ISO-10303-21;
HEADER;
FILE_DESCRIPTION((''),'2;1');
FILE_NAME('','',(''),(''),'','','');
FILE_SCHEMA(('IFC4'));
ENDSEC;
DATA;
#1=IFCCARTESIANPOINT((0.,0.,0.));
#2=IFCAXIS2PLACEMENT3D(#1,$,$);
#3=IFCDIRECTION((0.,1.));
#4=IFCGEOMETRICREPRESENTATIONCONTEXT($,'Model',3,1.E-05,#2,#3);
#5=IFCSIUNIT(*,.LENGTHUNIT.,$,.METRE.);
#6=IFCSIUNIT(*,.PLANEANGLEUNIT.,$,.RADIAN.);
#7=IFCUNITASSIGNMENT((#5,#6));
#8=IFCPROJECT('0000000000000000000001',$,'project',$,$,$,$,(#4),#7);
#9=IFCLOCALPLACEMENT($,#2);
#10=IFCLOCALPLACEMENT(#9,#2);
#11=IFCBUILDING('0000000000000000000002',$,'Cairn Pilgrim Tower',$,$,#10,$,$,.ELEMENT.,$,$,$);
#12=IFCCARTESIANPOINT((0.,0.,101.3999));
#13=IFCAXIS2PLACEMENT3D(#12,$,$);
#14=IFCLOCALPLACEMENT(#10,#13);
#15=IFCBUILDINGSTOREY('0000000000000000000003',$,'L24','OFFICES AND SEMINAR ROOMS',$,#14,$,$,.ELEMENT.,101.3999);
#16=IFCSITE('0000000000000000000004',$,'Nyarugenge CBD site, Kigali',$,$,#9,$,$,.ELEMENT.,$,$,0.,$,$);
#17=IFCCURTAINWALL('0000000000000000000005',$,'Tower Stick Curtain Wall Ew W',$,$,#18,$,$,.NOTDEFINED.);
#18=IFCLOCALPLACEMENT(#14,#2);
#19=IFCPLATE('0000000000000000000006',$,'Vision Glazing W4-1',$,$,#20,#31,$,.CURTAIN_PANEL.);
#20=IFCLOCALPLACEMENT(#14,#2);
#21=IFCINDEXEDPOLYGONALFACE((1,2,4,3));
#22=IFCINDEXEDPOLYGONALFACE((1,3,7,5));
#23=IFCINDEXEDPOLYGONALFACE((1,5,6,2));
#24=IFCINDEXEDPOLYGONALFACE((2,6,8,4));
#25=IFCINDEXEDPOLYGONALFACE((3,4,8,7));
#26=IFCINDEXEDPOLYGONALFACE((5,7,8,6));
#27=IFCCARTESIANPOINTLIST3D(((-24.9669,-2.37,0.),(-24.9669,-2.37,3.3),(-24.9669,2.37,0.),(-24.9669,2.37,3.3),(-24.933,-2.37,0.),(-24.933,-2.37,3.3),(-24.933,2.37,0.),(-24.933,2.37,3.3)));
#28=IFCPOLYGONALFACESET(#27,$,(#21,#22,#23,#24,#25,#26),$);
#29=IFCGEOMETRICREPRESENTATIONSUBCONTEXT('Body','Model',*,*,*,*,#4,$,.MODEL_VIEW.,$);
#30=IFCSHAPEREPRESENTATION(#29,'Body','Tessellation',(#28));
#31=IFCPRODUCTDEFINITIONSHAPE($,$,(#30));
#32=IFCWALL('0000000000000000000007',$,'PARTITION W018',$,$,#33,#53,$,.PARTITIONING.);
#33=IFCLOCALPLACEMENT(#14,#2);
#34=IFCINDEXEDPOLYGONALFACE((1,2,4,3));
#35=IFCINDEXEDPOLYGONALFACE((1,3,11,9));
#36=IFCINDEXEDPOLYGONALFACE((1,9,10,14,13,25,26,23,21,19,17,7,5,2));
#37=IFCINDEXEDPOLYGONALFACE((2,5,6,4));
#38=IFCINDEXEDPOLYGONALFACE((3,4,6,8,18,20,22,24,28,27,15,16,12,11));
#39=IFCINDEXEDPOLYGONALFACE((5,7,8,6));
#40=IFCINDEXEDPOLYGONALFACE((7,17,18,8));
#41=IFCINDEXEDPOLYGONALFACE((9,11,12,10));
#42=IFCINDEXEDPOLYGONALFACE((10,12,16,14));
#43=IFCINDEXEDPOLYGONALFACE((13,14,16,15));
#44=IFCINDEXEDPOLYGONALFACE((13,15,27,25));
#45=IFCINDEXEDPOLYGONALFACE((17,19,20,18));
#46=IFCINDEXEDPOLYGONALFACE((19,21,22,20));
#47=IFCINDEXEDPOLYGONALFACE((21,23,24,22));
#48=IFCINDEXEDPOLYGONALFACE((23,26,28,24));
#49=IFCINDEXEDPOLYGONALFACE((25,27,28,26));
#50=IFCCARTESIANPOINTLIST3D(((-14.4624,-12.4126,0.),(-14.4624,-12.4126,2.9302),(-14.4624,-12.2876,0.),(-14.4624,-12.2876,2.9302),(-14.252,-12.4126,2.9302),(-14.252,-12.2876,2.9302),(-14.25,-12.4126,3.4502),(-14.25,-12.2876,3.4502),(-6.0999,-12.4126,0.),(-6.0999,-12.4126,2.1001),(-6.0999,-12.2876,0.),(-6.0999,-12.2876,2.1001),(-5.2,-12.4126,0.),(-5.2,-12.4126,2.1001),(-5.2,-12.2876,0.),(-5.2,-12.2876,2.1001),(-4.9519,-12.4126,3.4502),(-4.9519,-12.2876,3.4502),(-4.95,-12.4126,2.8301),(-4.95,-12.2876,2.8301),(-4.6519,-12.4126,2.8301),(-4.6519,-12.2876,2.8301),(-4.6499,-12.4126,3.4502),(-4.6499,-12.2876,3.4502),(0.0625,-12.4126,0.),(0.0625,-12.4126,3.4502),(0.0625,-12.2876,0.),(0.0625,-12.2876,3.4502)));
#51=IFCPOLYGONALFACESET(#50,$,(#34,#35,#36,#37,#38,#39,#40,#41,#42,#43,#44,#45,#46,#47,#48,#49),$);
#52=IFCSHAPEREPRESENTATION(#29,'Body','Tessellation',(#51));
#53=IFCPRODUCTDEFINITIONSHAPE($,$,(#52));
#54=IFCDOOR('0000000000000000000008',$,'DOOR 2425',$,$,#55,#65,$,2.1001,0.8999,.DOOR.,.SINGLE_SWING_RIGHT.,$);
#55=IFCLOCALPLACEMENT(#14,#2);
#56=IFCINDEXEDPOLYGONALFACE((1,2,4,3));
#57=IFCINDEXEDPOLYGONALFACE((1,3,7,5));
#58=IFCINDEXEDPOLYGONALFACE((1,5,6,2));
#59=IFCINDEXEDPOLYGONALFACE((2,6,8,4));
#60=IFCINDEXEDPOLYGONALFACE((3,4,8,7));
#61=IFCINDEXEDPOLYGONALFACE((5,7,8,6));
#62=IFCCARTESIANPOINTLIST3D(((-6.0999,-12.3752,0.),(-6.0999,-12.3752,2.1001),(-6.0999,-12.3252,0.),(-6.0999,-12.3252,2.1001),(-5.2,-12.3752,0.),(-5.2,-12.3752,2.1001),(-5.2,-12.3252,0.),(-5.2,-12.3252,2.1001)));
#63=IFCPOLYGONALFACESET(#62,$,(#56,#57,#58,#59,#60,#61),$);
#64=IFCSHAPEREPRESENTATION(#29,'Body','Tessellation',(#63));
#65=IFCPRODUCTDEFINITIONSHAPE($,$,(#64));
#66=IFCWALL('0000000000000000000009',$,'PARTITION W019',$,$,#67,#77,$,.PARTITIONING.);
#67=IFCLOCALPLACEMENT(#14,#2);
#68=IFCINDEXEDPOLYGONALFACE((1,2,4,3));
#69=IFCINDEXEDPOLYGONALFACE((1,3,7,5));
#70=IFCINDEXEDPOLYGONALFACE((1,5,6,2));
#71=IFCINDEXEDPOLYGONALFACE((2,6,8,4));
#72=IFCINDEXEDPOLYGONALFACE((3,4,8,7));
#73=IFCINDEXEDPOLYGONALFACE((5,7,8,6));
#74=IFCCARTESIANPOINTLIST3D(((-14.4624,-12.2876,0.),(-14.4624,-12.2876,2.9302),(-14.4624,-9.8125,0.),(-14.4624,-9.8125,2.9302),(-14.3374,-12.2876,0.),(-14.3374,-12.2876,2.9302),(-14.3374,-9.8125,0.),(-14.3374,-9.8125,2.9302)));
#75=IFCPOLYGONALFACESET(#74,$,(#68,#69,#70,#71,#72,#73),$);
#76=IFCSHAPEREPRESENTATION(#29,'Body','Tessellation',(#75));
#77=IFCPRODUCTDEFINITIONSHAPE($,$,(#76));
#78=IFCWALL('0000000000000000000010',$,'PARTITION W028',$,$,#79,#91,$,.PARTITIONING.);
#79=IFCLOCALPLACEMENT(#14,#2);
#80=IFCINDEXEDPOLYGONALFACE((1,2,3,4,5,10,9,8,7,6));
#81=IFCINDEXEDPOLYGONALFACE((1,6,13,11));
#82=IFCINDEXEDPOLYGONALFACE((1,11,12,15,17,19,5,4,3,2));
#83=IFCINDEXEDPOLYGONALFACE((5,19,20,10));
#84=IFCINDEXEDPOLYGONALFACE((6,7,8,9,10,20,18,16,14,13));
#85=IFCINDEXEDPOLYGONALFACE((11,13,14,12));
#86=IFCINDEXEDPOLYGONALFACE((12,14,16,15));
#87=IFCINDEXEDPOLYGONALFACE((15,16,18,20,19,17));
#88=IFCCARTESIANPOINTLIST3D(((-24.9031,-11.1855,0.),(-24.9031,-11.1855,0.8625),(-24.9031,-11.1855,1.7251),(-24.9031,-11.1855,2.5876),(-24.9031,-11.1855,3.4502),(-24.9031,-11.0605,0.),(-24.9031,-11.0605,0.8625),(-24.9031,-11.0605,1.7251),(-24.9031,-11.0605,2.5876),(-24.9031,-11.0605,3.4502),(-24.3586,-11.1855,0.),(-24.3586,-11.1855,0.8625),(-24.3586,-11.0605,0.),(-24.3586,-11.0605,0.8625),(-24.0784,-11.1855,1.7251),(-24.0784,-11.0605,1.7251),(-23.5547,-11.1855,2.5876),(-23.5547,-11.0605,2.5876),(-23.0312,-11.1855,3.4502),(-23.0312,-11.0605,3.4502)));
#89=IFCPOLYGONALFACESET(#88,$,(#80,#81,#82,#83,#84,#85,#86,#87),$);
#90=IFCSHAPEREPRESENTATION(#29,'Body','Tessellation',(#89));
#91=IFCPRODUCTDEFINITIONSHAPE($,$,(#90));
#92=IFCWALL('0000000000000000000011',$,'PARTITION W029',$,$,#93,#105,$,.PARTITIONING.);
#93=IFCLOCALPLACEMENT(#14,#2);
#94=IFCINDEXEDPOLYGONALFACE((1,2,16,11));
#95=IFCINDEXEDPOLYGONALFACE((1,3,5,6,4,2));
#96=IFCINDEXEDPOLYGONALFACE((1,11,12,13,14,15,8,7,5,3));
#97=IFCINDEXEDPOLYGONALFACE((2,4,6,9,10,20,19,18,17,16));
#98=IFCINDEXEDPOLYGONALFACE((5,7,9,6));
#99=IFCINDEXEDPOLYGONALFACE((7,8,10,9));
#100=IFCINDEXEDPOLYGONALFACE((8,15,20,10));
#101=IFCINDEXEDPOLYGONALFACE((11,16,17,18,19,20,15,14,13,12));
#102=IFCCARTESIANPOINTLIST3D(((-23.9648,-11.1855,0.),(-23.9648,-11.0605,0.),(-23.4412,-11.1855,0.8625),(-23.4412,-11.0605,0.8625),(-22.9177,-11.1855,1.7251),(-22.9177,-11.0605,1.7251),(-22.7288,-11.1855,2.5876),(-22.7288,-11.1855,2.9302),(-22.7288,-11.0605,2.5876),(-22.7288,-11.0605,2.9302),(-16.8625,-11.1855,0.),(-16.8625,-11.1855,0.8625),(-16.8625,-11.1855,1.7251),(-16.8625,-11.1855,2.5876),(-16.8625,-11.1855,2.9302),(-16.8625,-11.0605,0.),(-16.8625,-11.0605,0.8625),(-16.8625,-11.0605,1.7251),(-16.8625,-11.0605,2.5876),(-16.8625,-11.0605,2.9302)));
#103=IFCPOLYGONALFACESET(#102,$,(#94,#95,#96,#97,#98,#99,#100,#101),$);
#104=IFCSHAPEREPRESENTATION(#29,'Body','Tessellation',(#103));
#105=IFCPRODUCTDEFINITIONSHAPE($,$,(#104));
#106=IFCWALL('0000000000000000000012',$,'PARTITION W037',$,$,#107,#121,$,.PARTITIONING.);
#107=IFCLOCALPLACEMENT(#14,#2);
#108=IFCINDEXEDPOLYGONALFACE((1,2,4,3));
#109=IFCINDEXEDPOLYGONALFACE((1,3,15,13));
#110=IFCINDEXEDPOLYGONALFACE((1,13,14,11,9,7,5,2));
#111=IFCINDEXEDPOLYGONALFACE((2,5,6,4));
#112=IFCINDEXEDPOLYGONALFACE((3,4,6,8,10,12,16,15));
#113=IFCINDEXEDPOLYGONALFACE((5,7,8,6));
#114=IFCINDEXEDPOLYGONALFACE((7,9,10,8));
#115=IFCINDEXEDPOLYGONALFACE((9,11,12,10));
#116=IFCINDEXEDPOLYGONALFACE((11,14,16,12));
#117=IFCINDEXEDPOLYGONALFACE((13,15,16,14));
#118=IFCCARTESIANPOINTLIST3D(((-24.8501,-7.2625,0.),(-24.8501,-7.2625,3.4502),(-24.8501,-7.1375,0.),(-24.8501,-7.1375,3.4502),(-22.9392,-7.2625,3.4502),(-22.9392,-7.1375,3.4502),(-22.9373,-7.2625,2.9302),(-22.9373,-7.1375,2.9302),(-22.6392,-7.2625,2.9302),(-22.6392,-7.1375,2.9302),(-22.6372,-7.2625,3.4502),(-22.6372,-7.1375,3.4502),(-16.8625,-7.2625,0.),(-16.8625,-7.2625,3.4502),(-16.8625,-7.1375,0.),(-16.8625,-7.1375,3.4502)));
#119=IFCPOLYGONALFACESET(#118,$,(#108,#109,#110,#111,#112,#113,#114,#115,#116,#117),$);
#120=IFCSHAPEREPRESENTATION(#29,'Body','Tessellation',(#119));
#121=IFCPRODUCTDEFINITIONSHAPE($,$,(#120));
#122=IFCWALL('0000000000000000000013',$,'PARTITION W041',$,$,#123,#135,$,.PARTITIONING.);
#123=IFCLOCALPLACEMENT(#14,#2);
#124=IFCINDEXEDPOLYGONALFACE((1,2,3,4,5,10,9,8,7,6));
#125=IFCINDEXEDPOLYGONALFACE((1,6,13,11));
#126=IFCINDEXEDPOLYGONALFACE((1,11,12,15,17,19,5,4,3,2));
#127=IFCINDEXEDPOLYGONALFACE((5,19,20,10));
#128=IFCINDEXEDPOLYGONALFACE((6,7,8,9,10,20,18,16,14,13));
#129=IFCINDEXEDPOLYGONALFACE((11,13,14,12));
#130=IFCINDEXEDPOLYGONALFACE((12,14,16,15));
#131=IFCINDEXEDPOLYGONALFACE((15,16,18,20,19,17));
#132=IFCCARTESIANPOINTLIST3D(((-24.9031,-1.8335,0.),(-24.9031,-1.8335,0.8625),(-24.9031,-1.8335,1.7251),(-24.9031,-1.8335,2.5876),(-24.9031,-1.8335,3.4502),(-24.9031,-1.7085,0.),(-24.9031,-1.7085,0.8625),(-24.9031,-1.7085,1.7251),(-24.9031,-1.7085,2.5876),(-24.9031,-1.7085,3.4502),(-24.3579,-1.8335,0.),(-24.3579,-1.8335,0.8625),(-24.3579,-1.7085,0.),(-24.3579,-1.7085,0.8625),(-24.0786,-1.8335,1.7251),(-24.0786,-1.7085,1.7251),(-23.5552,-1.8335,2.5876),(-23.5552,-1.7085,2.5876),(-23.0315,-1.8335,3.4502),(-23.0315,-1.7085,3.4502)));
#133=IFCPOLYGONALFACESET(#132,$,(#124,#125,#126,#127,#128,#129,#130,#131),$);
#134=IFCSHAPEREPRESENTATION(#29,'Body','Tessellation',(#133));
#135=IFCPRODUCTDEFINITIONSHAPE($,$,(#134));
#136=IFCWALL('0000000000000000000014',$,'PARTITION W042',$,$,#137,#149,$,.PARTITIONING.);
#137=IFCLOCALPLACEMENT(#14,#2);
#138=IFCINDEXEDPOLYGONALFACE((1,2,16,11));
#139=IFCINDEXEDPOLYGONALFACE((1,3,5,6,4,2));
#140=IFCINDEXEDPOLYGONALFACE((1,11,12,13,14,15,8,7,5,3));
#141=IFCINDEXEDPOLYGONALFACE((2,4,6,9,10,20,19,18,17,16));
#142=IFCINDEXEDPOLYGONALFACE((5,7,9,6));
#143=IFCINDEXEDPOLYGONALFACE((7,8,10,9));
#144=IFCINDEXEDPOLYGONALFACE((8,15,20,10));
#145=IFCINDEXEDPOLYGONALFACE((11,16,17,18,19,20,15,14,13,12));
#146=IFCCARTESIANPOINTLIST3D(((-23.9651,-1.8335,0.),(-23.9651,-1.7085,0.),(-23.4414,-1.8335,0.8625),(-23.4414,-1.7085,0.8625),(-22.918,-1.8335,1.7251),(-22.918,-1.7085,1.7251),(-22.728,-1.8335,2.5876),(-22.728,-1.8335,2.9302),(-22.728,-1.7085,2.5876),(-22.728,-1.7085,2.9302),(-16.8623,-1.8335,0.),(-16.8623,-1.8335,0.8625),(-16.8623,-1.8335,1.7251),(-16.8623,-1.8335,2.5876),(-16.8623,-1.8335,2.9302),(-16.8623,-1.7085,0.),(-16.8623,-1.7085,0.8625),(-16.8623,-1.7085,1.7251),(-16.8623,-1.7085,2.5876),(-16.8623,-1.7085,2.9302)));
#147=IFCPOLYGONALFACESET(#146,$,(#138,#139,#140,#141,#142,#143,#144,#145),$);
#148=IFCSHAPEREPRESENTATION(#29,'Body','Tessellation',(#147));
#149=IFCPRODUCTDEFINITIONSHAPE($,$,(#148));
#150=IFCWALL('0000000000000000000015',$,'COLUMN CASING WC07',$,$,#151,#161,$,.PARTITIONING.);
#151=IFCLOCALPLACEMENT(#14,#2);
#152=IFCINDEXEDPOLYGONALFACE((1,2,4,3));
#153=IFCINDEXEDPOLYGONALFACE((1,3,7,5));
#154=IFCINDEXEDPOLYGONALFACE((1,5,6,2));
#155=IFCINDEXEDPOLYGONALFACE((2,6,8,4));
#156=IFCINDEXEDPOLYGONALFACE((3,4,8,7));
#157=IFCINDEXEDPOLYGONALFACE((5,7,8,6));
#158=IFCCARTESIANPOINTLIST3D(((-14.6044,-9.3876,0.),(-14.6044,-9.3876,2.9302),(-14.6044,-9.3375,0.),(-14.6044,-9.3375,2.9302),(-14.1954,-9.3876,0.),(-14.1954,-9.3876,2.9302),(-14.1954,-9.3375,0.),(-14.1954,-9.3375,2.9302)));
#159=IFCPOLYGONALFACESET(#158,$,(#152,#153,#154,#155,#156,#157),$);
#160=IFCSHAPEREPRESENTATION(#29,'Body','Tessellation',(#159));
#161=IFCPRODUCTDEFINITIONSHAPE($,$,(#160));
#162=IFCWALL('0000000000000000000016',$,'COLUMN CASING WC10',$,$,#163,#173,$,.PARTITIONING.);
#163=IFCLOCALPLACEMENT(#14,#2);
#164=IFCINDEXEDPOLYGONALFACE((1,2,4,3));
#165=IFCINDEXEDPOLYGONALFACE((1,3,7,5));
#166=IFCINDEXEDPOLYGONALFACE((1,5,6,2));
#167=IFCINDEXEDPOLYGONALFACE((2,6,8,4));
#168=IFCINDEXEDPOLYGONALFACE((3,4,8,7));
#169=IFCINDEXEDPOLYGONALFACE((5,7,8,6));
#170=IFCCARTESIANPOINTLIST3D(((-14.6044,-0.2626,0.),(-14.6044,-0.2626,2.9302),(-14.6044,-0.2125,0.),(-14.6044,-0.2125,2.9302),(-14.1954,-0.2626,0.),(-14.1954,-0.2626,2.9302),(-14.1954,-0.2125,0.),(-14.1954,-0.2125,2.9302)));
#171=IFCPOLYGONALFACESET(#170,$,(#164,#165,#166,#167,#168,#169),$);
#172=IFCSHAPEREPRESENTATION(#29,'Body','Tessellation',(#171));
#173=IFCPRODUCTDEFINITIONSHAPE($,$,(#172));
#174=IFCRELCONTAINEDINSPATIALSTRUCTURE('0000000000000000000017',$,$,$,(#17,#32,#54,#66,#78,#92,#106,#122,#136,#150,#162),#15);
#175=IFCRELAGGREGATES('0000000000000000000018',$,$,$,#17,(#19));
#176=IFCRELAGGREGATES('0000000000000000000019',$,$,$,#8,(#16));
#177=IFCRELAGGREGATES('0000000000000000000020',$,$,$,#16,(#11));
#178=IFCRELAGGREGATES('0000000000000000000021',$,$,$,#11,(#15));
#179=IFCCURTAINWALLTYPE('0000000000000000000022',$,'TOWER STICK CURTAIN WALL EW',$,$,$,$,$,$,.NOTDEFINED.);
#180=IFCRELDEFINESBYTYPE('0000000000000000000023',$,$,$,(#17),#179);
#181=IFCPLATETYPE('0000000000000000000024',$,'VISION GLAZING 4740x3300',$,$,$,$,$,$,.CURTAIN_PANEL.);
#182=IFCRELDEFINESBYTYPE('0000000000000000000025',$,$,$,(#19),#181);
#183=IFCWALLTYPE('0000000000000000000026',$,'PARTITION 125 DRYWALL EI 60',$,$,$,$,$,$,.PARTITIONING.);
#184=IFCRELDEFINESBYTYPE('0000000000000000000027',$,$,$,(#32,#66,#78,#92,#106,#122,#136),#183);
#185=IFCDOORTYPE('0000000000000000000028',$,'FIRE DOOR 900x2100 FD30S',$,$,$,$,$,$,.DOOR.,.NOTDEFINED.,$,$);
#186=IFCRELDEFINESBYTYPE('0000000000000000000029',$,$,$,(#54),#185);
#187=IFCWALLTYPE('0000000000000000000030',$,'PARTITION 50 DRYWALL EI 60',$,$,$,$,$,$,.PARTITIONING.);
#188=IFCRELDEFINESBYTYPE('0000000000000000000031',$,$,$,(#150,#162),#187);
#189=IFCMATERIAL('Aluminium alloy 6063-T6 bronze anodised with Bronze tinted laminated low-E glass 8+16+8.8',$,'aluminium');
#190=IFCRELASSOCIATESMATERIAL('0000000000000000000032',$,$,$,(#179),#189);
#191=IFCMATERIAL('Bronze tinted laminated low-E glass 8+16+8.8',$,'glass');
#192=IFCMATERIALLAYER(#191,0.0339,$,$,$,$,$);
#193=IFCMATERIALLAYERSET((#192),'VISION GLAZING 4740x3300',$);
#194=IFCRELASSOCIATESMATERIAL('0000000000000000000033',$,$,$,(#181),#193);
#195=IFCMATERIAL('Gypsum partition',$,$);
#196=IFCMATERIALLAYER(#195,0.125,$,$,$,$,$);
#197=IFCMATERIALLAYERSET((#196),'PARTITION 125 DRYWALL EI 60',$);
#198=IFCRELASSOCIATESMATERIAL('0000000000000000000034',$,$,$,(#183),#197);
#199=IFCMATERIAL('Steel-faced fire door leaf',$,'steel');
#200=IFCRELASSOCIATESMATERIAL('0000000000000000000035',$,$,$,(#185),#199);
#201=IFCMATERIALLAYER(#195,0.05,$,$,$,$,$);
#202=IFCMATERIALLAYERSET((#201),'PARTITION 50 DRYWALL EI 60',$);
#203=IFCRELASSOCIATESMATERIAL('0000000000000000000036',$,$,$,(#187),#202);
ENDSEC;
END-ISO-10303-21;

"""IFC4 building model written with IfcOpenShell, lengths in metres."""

from ifc_helpers import new_model, si_unit, direction, frame, frame_2d, origin, origin_2d, place, context, subcontext, project, spatial, polyline, rectangle, outline, extrude, material, layer, layer_set, type_object, element, fill, aggregate, save


model = new_model("IFC4")

# Units and contexts
model_context = context("Model", 3, precision=1e-05, world=origin(), true_north=direction((0.0, 1.0)))
body_context = subcontext(model_context, "Body", "Model", "MODEL_VIEW")
ifc_project = project(units=[si_unit("LENGTHUNIT", "METRE"), si_unit("PLANEANGLEUNIT", "RADIAN")], contexts=[model_context])

# Site, building, storey
site_placement = place(None, origin())
site = spatial("IfcSite", under=ifc_project, at=site_placement, Name="Nyarugenge CBD site, Kigali", CompositionType="ELEMENT", RefElevation=0.0)
building_placement = place(site_placement, origin())
building = spatial("IfcBuilding", under=site, at=building_placement, Name="Cairn Pilgrim Tower", CompositionType="ELEMENT")
storey_placement = place(building_placement, frame((0.0, 0.0, 101.3999)))
storey = spatial("IfcBuildingStorey", under=building, at=storey_placement, Name="L24", Description="OFFICES AND SEMINAR ROOMS", CompositionType="ELEMENT", Elevation=101.3999)

# Curtain wall
ifc_material_1 = material(Name="Aluminium alloy 6063-T6 bronze anodised with Bronze tinted laminated low-E glass 8+16+8.8", Category="aluminium")
curtain_wall_type_1 = type_object("IfcCurtainWallType", Name="TOWER STICK CURTAIN WALL EW", PredefinedType="NOTDEFINED", material=ifc_material_1)
curtain_wall_1_placement = place(storey_placement, origin())
curtain_wall_1 = element("IfcCurtainWall", 1, at=curtain_wall_1_placement, inside=storey, type_object=curtain_wall_type_1, Name="Tower Stick Curtain Wall Ew W", PredefinedType="NOTDEFINED")

# Plate
ifc_material_2 = material(Name="Bronze tinted laminated low-E glass 8+16+8.8", Category="glass")
ifc_layer_1 = layer(ifc_material_2, 0.0339)
ifc_layer_set_1 = layer_set([ifc_layer_1], Name="VISION GLAZING 4740x3300")
plate_type_1 = type_object("IfcPlateType", Name="VISION GLAZING 4740x3300", PredefinedType="CURTAIN_PANEL", material=ifc_layer_set_1)
plate_1_placement = place(storey_placement, frame((-24.95, 0.0, 0.0), z_axis=(0.0, 0.0, 1.0), x_axis=(0.0, -1.0, 0.0)))
plate_1 = element("IfcPlate", 2, at=plate_1_placement, type_object=plate_type_1, Name="Vision Glazing W4-1", PredefinedType="CURTAIN_PANEL", context=body_context, shape_type="SweptSolid", body=[
    extrude(rectangle(XDim=4.74, YDim=0.0339, at=origin_2d()), origin(), (0.0, 0.0, 1.0), 3.3),
])
aggregate(curtain_wall_1, [plate_1])

# Wall, opening, door
ifc_material_3 = material(Name="Gypsum partition")
ifc_layer_2 = layer(ifc_material_3, 0.125)
ifc_layer_set_2 = layer_set([ifc_layer_2], Name="PARTITION 125 DRYWALL EI 60")
wall_type_1 = type_object("IfcWallType", Name="PARTITION 125 DRYWALL EI 60", PredefinedType="PARTITIONING", material=ifc_layer_set_2)
wall_1_placement = place(storey_placement, frame((-14.4624, -12.3501, 0.0), z_axis=(0.0, 0.0, 1.0), x_axis=(1.0, 0.0, 0.0)))
wall_1 = element("IfcWall", 3, at=wall_1_placement, inside=storey, type_object=wall_type_1, Name="PARTITION W018", PredefinedType="PARTITIONING", context=body_context, shape_type="SweptSolid", body=[
    extrude(outline(polyline([(0.0, 0.0), (14.5249, 0.0), (14.5249, 3.4502), (9.8125, 3.4502), (9.8105, 2.8301), (9.5125, 2.8301), (9.5105, 3.4502), (0.2124, 3.4502), (0.2104, 2.9302), (0.0, 2.9302), (0.0, 0.0)])), frame((0.0, 0.0625, 0.0), z_axis=(0.0, -1.0, 0.0), x_axis=(1.0, 0.0, 0.0)), (0.0, 0.0, 1.0), 0.125),
])
opening_1_placement = place(wall_1_placement, frame((8.3625, 0.0, 0.0)))
opening_1 = element("IfcOpeningElement", 4, at=opening_1_placement, cuts=wall_1, PredefinedType="OPENING", context=body_context, shape_type="SweptSolid", body=[
    extrude(rectangle(XDim=0.8999, YDim=2.1001, at=frame_2d((0.45, 1.05))), frame((0.0, 0.0725, 0.0), z_axis=(0.0, -1.0, 0.0), x_axis=(1.0, 0.0, 0.0)), (0.0, 0.0, 1.0), 0.145),
])
ifc_material_4 = material(Name="Steel-faced fire door leaf", Category="steel")
door_type_1 = type_object("IfcDoorType", Name="FIRE DOOR 900x2100 FD30S", OperationType="NOTDEFINED", PredefinedType="DOOR", material=ifc_material_4)
door_1_placement = place(opening_1_placement, origin())
door_1 = element("IfcDoor", 5, at=door_1_placement, inside=storey, type_object=door_type_1, Name="DOOR 2425", OperationType="SINGLE_SWING_RIGHT", OverallHeight=2.1001, OverallWidth=0.8999, PredefinedType="DOOR", context=body_context, shape_type="SweptSolid", body=[
    extrude(rectangle(XDim=0.8999, YDim=2.1001, at=frame_2d((0.45, 1.05))), frame((0.0, 0.0249, 0.0), z_axis=(0.0, -1.0, 0.0), x_axis=(1.0, 0.0, 0.0)), (0.0, 0.0, 1.0), 0.05),
])
fill(opening_1, door_1)

# Walls
wall_2_placement = place(storey_placement, frame((-14.3999, -12.2876, 0.0), z_axis=(0.0, 0.0, 1.0), x_axis=(0.0, 1.0, 0.0)))
element("IfcWall", 6, at=wall_2_placement, inside=storey, type_object=wall_type_1, Name="PARTITION W019", PredefinedType="PARTITIONING", context=body_context, shape_type="SweptSolid", body=[
    extrude(rectangle(XDim=2.4751, YDim=0.125, at=frame_2d((1.2375, 0.0))), origin(), (0.0, 0.0, 1.0), 2.9302),
])
wall_3_placement = place(storey_placement, frame((-24.9031, -11.123, 0.0), z_axis=(0.0, 0.0, 1.0), x_axis=(1.0, 0.0, 0.0)))
element("IfcWall", 7, at=wall_3_placement, inside=storey, type_object=wall_type_1, Name="PARTITION W028", PredefinedType="PARTITIONING", context=body_context, shape_type="SweptSolid", body=[
    extrude(outline(polyline([(0.0, 0.0), (0.5444, 0.0), (0.5444, 0.8625), (0.8247, 1.7251), (1.3484, 2.5876), (1.8718, 3.4502), (0.0, 3.4502), (0.0, 2.5876), (0.0, 1.7251), (0.0, 0.8625), (0.0, 0.0)])), frame((0.0, 0.0625, 0.0), z_axis=(0.0, -1.0, 0.0), x_axis=(1.0, 0.0, 0.0)), (0.0, 0.0, 1.0), 0.125),
])
wall_4_placement = place(storey_placement, frame((-23.9648, -11.123, 0.0), z_axis=(0.0, 0.0, 1.0), x_axis=(1.0, 0.0, 0.0)))
element("IfcWall", 8, at=wall_4_placement, inside=storey, type_object=wall_type_1, Name="PARTITION W029", PredefinedType="PARTITIONING", context=body_context, shape_type="SweptSolid", body=[
    extrude(outline(polyline([(0.0, 0.0), (7.1023, 0.0), (7.1023, 0.8625), (7.1023, 1.7251), (7.1023, 2.5876), (7.1023, 2.9302), (1.2361, 2.9302), (1.2361, 2.5876), (1.0471, 1.7251), (0.5237, 0.8625), (0.0, 0.0)])), frame((0.0, 0.0625, 0.0), z_axis=(0.0, -1.0, 0.0), x_axis=(1.0, 0.0, 0.0)), (0.0, 0.0, 1.0), 0.125),
])
wall_5_placement = place(storey_placement, frame((-24.8501, -7.2, 0.0), z_axis=(0.0, 0.0, 1.0), x_axis=(1.0, 0.0, 0.0)))
element("IfcWall", 9, at=wall_5_placement, inside=storey, type_object=wall_type_1, Name="PARTITION W037", PredefinedType="PARTITIONING", context=body_context, shape_type="SweptSolid", body=[
    extrude(outline(polyline([(0.0, 0.0), (7.9875, 0.0), (7.9875, 3.4502), (2.2129, 3.4502), (2.2109, 2.9302), (1.9128, 2.9302), (1.9109, 3.4502), (0.0, 3.4502), (0.0, 0.0)])), frame((0.0, 0.0625, 0.0), z_axis=(0.0, -1.0, 0.0), x_axis=(1.0, 0.0, 0.0)), (0.0, 0.0, 1.0), 0.125),
])
wall_6_placement = place(storey_placement, frame((-24.9031, -1.771, 0.0), z_axis=(0.0, 0.0, 1.0), x_axis=(1.0, 0.0, 0.0)))
element("IfcWall", 10, at=wall_6_placement, inside=storey, type_object=wall_type_1, Name="PARTITION W041", PredefinedType="PARTITIONING", context=body_context, shape_type="SweptSolid", body=[
    extrude(outline(polyline([(0.0, 0.0), (0.5452, 0.0), (0.5452, 0.8625), (0.8245, 1.7251), (1.3479, 2.5876), (1.8716, 3.4502), (0.0, 3.4502), (0.0, 2.5876), (0.0, 1.7251), (0.0, 0.8625), (0.0, 0.0)])), frame((0.0, 0.0625, 0.0), z_axis=(0.0, -1.0, 0.0), x_axis=(1.0, 0.0, 0.0)), (0.0, 0.0, 1.0), 0.125),
])
wall_7_placement = place(storey_placement, frame((-23.9651, -1.771, 0.0), z_axis=(0.0, 0.0, 1.0), x_axis=(1.0, 0.0, 0.0)))
element("IfcWall", 11, at=wall_7_placement, inside=storey, type_object=wall_type_1, Name="PARTITION W042", PredefinedType="PARTITIONING", context=body_context, shape_type="SweptSolid", body=[
    extrude(outline(polyline([(0.0, 0.0), (7.1028, 0.0), (7.1028, 0.8625), (7.1028, 1.7251), (7.1028, 2.5876), (7.1028, 2.9302), (1.2371, 2.9302), (1.2371, 2.5876), (1.0471, 1.7251), (0.5237, 0.8625), (0.0, 0.0)])), frame((0.0, 0.0625, 0.0), z_axis=(0.0, -1.0, 0.0), x_axis=(1.0, 0.0, 0.0)), (0.0, 0.0, 1.0), 0.125),
])
ifc_layer_3 = layer(ifc_material_3, 0.05)
ifc_layer_set_3 = layer_set([ifc_layer_3], Name="PARTITION 50 DRYWALL EI 60")
wall_type_2 = type_object("IfcWallType", Name="PARTITION 50 DRYWALL EI 60", PredefinedType="PARTITIONING", material=ifc_layer_set_3)
for number, where, z_axis, x_axis, name in (
    (12, (-14.6045, -9.3625, 0.0), (0.0, 0.0, 1.0), (1.0, 0.0, 0.0), "COLUMN CASING WC07"),
    (13, (-14.6045, -0.2375, 0.0), (0.0, 0.0, 1.0), (1.0, 0.0, 0.0), "COLUMN CASING WC10"),
):
    element("IfcWall", number, at=place(storey_placement, frame(where, z_axis=z_axis, x_axis=x_axis)), inside=storey, type_object=wall_type_2, Name=name, PredefinedType="PARTITIONING", context=body_context, shape_type="SweptSolid", body=[
        extrude(rectangle(XDim=0.4089, YDim=0.05, at=frame_2d((0.2046, 0.0))), origin(), (0.0, 0.0, 1.0), 2.9302),
    ])

save(model, "model.ifc")
